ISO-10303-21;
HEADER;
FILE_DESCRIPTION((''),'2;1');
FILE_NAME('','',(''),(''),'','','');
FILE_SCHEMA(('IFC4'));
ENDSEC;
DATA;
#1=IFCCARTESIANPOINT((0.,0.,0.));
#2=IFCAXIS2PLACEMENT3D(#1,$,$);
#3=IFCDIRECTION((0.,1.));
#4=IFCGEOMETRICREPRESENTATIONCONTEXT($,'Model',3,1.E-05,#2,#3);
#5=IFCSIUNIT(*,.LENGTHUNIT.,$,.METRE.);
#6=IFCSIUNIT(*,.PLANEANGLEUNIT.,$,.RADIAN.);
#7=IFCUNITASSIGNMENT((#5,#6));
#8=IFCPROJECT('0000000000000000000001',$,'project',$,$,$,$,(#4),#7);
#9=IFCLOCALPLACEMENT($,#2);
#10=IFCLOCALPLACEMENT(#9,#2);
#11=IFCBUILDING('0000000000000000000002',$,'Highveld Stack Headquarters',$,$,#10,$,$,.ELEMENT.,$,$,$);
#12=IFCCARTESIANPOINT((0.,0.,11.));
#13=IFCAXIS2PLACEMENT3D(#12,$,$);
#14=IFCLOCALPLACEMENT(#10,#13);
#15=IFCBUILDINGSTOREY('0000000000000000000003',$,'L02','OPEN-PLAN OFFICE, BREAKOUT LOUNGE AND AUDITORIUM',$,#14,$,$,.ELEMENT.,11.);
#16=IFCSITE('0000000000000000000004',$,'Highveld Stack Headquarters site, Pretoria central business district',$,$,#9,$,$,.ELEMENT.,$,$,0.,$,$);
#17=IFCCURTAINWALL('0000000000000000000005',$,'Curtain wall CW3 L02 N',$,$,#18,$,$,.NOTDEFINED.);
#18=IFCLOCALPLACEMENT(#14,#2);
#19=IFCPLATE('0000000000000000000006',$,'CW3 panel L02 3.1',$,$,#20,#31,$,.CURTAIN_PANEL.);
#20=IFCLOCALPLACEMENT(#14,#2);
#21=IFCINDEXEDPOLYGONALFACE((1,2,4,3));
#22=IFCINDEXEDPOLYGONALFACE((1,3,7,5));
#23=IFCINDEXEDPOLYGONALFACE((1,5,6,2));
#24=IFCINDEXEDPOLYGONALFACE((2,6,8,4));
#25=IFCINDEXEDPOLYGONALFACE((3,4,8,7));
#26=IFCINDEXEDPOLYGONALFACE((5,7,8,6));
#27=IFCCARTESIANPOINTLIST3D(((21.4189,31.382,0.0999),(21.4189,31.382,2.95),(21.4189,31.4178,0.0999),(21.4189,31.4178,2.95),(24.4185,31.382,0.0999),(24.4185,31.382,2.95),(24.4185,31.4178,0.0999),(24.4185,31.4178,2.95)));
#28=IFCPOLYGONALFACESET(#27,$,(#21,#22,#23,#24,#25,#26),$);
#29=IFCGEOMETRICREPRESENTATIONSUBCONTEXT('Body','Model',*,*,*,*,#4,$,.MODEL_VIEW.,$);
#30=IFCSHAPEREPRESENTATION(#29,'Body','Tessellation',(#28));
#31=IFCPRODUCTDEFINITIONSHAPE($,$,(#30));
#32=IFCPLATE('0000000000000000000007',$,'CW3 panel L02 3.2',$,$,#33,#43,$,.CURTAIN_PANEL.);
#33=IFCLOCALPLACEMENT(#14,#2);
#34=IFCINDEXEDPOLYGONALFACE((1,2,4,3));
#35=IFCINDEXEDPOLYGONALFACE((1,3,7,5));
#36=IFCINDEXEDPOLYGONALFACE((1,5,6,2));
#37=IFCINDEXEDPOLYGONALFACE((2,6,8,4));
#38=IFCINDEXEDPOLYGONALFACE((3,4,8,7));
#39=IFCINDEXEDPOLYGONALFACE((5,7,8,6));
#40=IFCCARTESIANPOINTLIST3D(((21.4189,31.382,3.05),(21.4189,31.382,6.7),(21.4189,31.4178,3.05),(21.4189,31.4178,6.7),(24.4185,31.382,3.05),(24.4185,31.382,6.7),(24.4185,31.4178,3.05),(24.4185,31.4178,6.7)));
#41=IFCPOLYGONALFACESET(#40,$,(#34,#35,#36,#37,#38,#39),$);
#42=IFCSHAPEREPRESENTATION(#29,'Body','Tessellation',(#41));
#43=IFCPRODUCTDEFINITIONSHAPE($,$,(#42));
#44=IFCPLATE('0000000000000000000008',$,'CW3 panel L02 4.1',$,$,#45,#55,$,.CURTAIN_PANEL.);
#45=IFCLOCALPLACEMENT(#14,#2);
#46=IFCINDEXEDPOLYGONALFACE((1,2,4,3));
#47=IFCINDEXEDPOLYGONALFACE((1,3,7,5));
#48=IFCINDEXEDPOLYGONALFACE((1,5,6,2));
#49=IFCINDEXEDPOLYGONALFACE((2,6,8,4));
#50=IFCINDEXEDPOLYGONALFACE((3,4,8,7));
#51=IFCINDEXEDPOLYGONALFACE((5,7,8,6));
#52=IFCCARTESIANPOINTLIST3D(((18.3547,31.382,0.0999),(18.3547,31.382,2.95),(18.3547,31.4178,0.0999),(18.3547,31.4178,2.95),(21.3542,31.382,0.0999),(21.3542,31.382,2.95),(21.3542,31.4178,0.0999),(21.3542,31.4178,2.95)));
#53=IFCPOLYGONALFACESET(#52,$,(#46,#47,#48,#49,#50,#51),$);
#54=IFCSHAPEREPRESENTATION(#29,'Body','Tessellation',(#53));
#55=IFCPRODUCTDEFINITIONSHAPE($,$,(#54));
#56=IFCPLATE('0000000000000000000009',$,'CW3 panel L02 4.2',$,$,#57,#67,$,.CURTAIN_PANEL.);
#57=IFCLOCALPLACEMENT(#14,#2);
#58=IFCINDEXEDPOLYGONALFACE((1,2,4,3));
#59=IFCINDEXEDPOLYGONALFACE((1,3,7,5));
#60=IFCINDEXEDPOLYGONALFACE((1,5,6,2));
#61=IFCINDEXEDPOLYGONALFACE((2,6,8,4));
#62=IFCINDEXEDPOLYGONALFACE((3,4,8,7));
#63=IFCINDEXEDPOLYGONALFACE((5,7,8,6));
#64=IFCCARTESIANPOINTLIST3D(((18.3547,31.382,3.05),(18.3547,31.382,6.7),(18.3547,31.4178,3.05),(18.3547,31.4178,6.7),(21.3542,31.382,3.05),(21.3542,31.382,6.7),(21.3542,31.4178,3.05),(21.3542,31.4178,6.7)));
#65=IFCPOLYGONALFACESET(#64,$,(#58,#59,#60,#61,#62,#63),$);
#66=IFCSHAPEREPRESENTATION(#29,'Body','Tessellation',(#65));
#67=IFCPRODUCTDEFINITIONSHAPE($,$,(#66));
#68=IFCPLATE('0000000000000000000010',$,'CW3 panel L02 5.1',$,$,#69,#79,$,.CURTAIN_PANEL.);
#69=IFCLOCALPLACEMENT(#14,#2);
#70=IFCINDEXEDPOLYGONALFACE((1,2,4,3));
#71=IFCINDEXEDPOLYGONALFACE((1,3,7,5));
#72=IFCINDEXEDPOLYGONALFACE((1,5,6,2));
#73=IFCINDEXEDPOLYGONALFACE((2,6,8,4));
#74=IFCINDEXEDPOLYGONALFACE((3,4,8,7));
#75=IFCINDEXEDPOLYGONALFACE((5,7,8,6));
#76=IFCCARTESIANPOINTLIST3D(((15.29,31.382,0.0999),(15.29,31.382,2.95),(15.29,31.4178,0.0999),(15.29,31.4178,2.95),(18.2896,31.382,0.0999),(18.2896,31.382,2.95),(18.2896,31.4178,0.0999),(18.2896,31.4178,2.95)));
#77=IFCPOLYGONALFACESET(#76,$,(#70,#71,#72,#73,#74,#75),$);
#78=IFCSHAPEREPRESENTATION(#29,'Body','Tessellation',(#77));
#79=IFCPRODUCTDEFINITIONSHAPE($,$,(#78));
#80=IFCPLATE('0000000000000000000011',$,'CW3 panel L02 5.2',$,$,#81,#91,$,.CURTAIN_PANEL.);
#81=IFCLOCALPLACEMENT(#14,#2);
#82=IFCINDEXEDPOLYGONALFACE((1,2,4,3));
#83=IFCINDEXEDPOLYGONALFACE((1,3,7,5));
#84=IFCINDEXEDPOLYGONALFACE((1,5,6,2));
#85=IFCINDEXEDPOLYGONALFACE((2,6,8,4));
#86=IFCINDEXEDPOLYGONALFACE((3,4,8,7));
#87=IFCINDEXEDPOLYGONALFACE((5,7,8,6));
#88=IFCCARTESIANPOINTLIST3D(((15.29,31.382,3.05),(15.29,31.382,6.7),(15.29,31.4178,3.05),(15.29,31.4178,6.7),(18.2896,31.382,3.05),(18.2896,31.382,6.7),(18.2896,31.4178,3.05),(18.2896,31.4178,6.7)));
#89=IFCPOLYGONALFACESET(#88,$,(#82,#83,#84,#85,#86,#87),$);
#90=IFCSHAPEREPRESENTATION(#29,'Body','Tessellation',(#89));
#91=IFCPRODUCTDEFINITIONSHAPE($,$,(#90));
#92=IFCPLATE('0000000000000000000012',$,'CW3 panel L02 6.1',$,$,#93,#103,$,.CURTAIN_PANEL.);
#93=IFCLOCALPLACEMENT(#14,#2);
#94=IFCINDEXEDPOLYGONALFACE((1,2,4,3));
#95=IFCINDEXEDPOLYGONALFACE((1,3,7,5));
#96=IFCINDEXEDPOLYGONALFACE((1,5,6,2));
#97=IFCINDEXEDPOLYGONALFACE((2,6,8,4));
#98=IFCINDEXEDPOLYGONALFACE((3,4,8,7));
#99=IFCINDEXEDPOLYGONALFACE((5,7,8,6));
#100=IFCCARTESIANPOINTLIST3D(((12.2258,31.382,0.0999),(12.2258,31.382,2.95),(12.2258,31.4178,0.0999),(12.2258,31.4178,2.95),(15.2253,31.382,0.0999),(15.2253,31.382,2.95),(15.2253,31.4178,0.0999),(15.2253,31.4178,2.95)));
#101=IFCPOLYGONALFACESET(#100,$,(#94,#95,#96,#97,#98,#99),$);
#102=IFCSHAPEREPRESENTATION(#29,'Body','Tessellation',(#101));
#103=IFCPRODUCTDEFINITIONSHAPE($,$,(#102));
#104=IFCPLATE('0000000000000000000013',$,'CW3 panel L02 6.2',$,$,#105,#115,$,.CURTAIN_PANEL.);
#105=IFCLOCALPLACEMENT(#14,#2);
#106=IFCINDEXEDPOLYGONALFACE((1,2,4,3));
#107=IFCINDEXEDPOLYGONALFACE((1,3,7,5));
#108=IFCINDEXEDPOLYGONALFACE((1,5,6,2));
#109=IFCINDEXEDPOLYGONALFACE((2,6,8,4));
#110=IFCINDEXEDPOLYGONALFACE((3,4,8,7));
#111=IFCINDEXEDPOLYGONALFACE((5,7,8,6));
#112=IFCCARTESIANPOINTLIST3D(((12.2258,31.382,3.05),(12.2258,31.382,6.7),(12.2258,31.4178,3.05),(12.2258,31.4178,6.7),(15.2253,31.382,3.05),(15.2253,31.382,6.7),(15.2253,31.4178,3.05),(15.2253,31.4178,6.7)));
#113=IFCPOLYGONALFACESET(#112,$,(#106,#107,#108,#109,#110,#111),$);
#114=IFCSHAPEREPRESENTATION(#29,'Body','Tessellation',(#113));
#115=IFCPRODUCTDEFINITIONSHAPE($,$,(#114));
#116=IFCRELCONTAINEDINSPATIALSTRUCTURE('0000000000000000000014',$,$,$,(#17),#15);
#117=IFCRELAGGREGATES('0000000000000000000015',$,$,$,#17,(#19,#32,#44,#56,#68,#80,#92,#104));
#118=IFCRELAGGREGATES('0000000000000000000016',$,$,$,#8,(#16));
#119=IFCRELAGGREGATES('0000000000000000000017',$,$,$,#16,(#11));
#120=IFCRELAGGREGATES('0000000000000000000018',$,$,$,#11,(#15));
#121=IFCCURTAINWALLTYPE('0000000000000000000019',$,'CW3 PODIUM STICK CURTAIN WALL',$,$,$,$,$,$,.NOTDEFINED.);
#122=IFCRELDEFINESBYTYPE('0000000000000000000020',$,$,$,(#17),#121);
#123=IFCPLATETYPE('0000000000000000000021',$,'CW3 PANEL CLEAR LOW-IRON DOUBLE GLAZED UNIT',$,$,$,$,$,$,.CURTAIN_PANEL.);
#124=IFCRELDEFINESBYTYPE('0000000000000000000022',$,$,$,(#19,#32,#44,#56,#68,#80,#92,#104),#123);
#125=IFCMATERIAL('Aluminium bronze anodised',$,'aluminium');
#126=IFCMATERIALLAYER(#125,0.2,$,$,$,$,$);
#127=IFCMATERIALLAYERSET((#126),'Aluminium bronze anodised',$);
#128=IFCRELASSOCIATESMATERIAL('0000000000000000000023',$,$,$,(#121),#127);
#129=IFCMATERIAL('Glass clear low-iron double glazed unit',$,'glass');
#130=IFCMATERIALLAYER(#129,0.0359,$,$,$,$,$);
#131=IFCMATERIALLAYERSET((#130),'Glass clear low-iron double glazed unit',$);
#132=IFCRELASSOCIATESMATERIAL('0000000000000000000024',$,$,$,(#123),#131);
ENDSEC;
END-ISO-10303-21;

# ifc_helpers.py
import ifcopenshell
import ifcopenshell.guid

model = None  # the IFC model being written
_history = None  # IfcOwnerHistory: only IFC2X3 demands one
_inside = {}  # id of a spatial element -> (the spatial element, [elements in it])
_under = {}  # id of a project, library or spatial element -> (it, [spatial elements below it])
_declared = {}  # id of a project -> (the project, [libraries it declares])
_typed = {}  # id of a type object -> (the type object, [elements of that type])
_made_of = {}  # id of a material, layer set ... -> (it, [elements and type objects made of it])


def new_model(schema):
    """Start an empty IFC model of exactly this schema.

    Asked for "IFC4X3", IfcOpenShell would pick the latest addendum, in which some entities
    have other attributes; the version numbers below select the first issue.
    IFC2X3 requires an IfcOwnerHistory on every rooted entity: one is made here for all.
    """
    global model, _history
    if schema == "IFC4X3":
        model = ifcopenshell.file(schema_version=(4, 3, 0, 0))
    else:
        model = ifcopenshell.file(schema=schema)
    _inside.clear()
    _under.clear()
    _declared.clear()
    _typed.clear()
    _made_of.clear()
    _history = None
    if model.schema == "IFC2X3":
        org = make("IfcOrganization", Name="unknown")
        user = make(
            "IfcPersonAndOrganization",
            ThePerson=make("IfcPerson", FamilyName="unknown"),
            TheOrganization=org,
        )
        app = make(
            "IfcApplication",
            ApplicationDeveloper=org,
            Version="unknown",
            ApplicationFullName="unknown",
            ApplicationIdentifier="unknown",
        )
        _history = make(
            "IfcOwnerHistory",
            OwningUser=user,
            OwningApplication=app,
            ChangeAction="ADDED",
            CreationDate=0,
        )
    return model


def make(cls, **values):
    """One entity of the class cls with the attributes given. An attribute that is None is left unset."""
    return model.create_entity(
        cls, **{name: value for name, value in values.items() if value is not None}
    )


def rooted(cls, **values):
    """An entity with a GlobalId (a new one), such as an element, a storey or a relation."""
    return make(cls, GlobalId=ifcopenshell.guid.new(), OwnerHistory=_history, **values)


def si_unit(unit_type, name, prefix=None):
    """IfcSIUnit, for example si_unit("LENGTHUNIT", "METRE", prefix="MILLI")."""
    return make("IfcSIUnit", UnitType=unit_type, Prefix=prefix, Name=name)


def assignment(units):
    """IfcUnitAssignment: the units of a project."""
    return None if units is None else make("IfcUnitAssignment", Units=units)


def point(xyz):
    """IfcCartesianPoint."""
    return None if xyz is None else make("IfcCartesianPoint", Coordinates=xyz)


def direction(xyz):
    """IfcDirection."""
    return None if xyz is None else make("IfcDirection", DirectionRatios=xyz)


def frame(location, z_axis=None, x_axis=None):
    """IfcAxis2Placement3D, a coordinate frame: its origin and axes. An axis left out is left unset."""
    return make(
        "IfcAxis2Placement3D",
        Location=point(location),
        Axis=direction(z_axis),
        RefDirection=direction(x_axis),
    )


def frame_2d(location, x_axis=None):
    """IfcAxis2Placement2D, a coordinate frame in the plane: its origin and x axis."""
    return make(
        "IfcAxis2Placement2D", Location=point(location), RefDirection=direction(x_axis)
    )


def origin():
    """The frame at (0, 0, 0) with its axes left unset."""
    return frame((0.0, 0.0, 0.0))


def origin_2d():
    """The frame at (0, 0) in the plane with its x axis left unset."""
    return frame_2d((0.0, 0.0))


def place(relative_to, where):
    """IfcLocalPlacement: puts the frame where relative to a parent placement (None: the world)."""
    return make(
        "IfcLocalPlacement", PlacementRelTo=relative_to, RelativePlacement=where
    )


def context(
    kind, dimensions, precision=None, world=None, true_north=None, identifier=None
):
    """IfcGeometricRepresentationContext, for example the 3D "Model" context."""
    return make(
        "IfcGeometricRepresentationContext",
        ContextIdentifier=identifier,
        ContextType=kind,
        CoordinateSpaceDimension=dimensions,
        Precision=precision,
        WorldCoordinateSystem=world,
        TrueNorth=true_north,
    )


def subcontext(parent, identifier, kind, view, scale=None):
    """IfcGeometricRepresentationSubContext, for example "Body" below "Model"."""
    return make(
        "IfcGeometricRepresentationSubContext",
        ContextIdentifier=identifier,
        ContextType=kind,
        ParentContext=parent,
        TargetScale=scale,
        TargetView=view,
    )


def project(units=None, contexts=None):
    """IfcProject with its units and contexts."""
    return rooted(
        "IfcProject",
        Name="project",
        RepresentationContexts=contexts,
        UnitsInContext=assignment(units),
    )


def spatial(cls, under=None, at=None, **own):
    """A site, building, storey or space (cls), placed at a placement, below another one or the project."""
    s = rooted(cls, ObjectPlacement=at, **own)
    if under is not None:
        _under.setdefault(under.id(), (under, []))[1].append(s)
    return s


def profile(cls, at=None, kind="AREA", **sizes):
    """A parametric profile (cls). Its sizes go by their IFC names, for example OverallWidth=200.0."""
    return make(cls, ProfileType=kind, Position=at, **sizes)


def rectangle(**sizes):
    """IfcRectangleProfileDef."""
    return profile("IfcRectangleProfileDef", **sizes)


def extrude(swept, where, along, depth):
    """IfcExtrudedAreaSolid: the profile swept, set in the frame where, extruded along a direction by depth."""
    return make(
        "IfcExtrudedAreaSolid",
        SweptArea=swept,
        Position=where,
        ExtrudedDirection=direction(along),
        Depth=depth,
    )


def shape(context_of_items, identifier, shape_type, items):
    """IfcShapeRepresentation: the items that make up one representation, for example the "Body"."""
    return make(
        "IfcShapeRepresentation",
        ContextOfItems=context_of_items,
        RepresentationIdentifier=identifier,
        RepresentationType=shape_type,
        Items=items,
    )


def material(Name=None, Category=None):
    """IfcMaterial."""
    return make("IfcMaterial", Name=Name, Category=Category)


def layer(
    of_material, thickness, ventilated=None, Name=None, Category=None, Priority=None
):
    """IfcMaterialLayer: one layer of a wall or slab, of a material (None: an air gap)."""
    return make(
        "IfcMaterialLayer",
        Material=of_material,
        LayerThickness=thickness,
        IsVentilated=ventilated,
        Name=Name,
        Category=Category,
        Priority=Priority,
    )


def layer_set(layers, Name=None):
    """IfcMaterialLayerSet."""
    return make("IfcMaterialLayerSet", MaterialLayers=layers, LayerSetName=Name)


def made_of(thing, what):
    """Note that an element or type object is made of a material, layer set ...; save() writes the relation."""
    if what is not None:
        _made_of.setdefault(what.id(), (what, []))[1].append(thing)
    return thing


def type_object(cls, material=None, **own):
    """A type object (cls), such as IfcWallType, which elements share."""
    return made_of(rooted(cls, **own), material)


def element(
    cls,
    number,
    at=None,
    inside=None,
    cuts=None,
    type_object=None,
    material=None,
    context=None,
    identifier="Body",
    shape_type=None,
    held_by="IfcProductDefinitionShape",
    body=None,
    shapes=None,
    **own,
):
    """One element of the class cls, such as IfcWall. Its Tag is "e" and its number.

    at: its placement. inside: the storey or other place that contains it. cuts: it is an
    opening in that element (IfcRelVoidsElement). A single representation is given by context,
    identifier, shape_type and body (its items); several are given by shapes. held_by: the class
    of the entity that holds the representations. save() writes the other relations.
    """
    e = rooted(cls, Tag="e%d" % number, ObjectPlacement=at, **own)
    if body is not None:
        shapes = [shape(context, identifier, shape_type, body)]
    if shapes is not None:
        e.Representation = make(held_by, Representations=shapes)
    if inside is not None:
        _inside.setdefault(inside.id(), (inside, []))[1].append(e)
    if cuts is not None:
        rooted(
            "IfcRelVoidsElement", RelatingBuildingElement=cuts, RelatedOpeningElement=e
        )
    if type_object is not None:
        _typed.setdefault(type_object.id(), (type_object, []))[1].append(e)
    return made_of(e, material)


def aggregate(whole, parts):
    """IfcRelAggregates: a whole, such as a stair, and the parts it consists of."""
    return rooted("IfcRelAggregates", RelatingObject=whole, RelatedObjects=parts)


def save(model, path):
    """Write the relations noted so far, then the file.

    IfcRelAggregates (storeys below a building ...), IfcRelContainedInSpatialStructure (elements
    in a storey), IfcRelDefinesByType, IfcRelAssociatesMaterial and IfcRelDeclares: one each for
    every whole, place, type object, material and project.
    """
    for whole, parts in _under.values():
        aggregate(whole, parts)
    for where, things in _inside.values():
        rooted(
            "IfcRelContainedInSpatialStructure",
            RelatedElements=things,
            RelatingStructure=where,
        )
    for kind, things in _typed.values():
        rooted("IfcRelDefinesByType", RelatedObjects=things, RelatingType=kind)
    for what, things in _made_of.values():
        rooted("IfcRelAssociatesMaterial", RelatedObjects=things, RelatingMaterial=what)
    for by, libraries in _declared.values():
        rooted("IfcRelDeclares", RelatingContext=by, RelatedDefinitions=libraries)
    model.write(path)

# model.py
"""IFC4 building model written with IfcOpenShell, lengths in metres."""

from ifc_helpers import new_model, si_unit, direction, frame, origin, origin_2d, place, context, subcontext, project, spatial, rectangle, extrude, material, layer, layer_set, type_object, element, aggregate, save


model = new_model("IFC4")

# Units and contexts
model_context = context("Model", 3, precision=1e-05, world=origin(), true_north=direction((0.0, 1.0)))
body_context = subcontext(model_context, "Body", "Model", "MODEL_VIEW")
ifc_project = project(units=[si_unit("LENGTHUNIT", "METRE"), si_unit("PLANEANGLEUNIT", "RADIAN")], contexts=[model_context])

# Site, building, storey
site_placement = place(None, origin())
site = spatial("IfcSite", under=ifc_project, at=site_placement, Name="Highveld Stack Headquarters site, Pretoria central business district", CompositionType="ELEMENT", RefElevation=0.0)
building_placement = place(site_placement, origin())
building = spatial("IfcBuilding", under=site, at=building_placement, Name="Highveld Stack Headquarters", CompositionType="ELEMENT")
storey_placement = place(building_placement, frame((0.0, 0.0, 11.0)))
storey = spatial("IfcBuildingStorey", under=building, at=storey_placement, Name="L02", Description="OPEN-PLAN OFFICE, BREAKOUT LOUNGE AND AUDITORIUM", CompositionType="ELEMENT", Elevation=11.0)

# Curtain wall, plates
ifc_material_1 = material(Name="Aluminium bronze anodised", Category="aluminium")
ifc_layer_1 = layer(ifc_material_1, 0.2)
ifc_layer_set_1 = layer_set([ifc_layer_1], Name="Aluminium bronze anodised")
curtain_wall_type = type_object("IfcCurtainWallType", Name="CW3 PODIUM STICK CURTAIN WALL", PredefinedType="NOTDEFINED", material=ifc_layer_set_1)
curtain_wall_placement = place(storey_placement, origin())
curtain_wall = element("IfcCurtainWall", 1, at=curtain_wall_placement, inside=storey, type_object=curtain_wall_type, Name="Curtain wall CW3 L02 N", PredefinedType="NOTDEFINED")
ifc_material_2 = material(Name="Glass clear low-iron double glazed unit", Category="glass")
ifc_layer_2 = layer(ifc_material_2, 0.0359)
ifc_layer_set_2 = layer_set([ifc_layer_2], Name="Glass clear low-iron double glazed unit")
plate_type = type_object("IfcPlateType", Name="CW3 PANEL CLEAR LOW-IRON DOUBLE GLAZED UNIT", PredefinedType="CURTAIN_PANEL", material=ifc_layer_set_2)
plate_1_placement = place(storey_placement, frame((22.9187, 31.3999, 0.0999), z_axis=(0.0, 0.0, 1.0), x_axis=(-1.0, 0.0, 0.0)))
plate_1 = element("IfcPlate", 2, at=plate_1_placement, type_object=plate_type, Name="CW3 panel L02 3.1", PredefinedType="CURTAIN_PANEL", context=body_context, shape_type="SweptSolid", body=[
    extrude(rectangle(XDim=2.9995, YDim=0.0359, at=origin_2d()), origin(), (0.0, 0.0, 1.0), 2.8501),
])
plate_2_placement = place(storey_placement, frame((22.9187, 31.3999, 3.05), z_axis=(0.0, 0.0, 1.0), x_axis=(-1.0, 0.0, 0.0)))
plate_2 = element("IfcPlate", 3, at=plate_2_placement, type_object=plate_type, Name="CW3 panel L02 3.2", PredefinedType="CURTAIN_PANEL", context=body_context, shape_type="SweptSolid", body=[
    extrude(rectangle(XDim=2.9995, YDim=0.0359, at=origin_2d()), origin(), (0.0, 0.0, 1.0), 3.6499),
])
plate_3_placement = place(storey_placement, frame((19.8545, 31.3999, 0.0999), z_axis=(0.0, 0.0, 1.0), x_axis=(-1.0, 0.0, 0.0)))
plate_3 = element("IfcPlate", 4, at=plate_3_placement, type_object=plate_type, Name="CW3 panel L02 4.1", PredefinedType="CURTAIN_PANEL", context=body_context, shape_type="SweptSolid", body=[
    extrude(rectangle(XDim=2.9995, YDim=0.0359, at=origin_2d()), origin(), (0.0, 0.0, 1.0), 2.8501),
])
plate_4_placement = place(storey_placement, frame((19.8545, 31.3999, 3.05), z_axis=(0.0, 0.0, 1.0), x_axis=(-1.0, 0.0, 0.0)))
plate_4 = element("IfcPlate", 5, at=plate_4_placement, type_object=plate_type, Name="CW3 panel L02 4.2", PredefinedType="CURTAIN_PANEL", context=body_context, shape_type="SweptSolid", body=[
    extrude(rectangle(XDim=2.9995, YDim=0.0359, at=origin_2d()), origin(), (0.0, 0.0, 1.0), 3.6499),
])
plate_5_placement = place(storey_placement, frame((16.7898, 31.3999, 0.0999), z_axis=(0.0, 0.0, 1.0), x_axis=(-1.0, 0.0, 0.0)))
plate_5 = element("IfcPlate", 6, at=plate_5_placement, type_object=plate_type, Name="CW3 panel L02 5.1", PredefinedType="CURTAIN_PANEL", context=body_context, shape_type="SweptSolid", body=[
    extrude(rectangle(XDim=2.9995, YDim=0.0359, at=origin_2d()), origin(), (0.0, 0.0, 1.0), 2.8501),
])
plate_6_placement = place(storey_placement, frame((16.7898, 31.3999, 3.05), z_axis=(0.0, 0.0, 1.0), x_axis=(-1.0, 0.0, 0.0)))
plate_6 = element("IfcPlate", 7, at=plate_6_placement, type_object=plate_type, Name="CW3 panel L02 5.2", PredefinedType="CURTAIN_PANEL", context=body_context, shape_type="SweptSolid", body=[
    extrude(rectangle(XDim=2.9995, YDim=0.0359, at=origin_2d()), origin(), (0.0, 0.0, 1.0), 3.6499),
])
plate_7_placement = place(storey_placement, frame((13.7256, 31.3999, 0.0999), z_axis=(0.0, 0.0, 1.0), x_axis=(-1.0, 0.0, 0.0)))
plate_7 = element("IfcPlate", 8, at=plate_7_placement, type_object=plate_type, Name="CW3 panel L02 6.1", PredefinedType="CURTAIN_PANEL", context=body_context, shape_type="SweptSolid", body=[
    extrude(rectangle(XDim=2.9995, YDim=0.0359, at=origin_2d()), origin(), (0.0, 0.0, 1.0), 2.8501),
])
plate_8_placement = place(storey_placement, frame((13.7256, 31.3999, 3.05), z_axis=(0.0, 0.0, 1.0), x_axis=(-1.0, 0.0, 0.0)))
plate_8 = element("IfcPlate", 9, at=plate_8_placement, type_object=plate_type, Name="CW3 panel L02 6.2", PredefinedType="CURTAIN_PANEL", context=body_context, shape_type="SweptSolid", body=[
    extrude(rectangle(XDim=2.9995, YDim=0.0359, at=origin_2d()), origin(), (0.0, 0.0, 1.0), 3.6499),
])
aggregate(curtain_wall, [plate_1, plate_2, plate_3, plate_4, plate_5, plate_6, plate_7, plate_8])

save(model, "model.ifc")
